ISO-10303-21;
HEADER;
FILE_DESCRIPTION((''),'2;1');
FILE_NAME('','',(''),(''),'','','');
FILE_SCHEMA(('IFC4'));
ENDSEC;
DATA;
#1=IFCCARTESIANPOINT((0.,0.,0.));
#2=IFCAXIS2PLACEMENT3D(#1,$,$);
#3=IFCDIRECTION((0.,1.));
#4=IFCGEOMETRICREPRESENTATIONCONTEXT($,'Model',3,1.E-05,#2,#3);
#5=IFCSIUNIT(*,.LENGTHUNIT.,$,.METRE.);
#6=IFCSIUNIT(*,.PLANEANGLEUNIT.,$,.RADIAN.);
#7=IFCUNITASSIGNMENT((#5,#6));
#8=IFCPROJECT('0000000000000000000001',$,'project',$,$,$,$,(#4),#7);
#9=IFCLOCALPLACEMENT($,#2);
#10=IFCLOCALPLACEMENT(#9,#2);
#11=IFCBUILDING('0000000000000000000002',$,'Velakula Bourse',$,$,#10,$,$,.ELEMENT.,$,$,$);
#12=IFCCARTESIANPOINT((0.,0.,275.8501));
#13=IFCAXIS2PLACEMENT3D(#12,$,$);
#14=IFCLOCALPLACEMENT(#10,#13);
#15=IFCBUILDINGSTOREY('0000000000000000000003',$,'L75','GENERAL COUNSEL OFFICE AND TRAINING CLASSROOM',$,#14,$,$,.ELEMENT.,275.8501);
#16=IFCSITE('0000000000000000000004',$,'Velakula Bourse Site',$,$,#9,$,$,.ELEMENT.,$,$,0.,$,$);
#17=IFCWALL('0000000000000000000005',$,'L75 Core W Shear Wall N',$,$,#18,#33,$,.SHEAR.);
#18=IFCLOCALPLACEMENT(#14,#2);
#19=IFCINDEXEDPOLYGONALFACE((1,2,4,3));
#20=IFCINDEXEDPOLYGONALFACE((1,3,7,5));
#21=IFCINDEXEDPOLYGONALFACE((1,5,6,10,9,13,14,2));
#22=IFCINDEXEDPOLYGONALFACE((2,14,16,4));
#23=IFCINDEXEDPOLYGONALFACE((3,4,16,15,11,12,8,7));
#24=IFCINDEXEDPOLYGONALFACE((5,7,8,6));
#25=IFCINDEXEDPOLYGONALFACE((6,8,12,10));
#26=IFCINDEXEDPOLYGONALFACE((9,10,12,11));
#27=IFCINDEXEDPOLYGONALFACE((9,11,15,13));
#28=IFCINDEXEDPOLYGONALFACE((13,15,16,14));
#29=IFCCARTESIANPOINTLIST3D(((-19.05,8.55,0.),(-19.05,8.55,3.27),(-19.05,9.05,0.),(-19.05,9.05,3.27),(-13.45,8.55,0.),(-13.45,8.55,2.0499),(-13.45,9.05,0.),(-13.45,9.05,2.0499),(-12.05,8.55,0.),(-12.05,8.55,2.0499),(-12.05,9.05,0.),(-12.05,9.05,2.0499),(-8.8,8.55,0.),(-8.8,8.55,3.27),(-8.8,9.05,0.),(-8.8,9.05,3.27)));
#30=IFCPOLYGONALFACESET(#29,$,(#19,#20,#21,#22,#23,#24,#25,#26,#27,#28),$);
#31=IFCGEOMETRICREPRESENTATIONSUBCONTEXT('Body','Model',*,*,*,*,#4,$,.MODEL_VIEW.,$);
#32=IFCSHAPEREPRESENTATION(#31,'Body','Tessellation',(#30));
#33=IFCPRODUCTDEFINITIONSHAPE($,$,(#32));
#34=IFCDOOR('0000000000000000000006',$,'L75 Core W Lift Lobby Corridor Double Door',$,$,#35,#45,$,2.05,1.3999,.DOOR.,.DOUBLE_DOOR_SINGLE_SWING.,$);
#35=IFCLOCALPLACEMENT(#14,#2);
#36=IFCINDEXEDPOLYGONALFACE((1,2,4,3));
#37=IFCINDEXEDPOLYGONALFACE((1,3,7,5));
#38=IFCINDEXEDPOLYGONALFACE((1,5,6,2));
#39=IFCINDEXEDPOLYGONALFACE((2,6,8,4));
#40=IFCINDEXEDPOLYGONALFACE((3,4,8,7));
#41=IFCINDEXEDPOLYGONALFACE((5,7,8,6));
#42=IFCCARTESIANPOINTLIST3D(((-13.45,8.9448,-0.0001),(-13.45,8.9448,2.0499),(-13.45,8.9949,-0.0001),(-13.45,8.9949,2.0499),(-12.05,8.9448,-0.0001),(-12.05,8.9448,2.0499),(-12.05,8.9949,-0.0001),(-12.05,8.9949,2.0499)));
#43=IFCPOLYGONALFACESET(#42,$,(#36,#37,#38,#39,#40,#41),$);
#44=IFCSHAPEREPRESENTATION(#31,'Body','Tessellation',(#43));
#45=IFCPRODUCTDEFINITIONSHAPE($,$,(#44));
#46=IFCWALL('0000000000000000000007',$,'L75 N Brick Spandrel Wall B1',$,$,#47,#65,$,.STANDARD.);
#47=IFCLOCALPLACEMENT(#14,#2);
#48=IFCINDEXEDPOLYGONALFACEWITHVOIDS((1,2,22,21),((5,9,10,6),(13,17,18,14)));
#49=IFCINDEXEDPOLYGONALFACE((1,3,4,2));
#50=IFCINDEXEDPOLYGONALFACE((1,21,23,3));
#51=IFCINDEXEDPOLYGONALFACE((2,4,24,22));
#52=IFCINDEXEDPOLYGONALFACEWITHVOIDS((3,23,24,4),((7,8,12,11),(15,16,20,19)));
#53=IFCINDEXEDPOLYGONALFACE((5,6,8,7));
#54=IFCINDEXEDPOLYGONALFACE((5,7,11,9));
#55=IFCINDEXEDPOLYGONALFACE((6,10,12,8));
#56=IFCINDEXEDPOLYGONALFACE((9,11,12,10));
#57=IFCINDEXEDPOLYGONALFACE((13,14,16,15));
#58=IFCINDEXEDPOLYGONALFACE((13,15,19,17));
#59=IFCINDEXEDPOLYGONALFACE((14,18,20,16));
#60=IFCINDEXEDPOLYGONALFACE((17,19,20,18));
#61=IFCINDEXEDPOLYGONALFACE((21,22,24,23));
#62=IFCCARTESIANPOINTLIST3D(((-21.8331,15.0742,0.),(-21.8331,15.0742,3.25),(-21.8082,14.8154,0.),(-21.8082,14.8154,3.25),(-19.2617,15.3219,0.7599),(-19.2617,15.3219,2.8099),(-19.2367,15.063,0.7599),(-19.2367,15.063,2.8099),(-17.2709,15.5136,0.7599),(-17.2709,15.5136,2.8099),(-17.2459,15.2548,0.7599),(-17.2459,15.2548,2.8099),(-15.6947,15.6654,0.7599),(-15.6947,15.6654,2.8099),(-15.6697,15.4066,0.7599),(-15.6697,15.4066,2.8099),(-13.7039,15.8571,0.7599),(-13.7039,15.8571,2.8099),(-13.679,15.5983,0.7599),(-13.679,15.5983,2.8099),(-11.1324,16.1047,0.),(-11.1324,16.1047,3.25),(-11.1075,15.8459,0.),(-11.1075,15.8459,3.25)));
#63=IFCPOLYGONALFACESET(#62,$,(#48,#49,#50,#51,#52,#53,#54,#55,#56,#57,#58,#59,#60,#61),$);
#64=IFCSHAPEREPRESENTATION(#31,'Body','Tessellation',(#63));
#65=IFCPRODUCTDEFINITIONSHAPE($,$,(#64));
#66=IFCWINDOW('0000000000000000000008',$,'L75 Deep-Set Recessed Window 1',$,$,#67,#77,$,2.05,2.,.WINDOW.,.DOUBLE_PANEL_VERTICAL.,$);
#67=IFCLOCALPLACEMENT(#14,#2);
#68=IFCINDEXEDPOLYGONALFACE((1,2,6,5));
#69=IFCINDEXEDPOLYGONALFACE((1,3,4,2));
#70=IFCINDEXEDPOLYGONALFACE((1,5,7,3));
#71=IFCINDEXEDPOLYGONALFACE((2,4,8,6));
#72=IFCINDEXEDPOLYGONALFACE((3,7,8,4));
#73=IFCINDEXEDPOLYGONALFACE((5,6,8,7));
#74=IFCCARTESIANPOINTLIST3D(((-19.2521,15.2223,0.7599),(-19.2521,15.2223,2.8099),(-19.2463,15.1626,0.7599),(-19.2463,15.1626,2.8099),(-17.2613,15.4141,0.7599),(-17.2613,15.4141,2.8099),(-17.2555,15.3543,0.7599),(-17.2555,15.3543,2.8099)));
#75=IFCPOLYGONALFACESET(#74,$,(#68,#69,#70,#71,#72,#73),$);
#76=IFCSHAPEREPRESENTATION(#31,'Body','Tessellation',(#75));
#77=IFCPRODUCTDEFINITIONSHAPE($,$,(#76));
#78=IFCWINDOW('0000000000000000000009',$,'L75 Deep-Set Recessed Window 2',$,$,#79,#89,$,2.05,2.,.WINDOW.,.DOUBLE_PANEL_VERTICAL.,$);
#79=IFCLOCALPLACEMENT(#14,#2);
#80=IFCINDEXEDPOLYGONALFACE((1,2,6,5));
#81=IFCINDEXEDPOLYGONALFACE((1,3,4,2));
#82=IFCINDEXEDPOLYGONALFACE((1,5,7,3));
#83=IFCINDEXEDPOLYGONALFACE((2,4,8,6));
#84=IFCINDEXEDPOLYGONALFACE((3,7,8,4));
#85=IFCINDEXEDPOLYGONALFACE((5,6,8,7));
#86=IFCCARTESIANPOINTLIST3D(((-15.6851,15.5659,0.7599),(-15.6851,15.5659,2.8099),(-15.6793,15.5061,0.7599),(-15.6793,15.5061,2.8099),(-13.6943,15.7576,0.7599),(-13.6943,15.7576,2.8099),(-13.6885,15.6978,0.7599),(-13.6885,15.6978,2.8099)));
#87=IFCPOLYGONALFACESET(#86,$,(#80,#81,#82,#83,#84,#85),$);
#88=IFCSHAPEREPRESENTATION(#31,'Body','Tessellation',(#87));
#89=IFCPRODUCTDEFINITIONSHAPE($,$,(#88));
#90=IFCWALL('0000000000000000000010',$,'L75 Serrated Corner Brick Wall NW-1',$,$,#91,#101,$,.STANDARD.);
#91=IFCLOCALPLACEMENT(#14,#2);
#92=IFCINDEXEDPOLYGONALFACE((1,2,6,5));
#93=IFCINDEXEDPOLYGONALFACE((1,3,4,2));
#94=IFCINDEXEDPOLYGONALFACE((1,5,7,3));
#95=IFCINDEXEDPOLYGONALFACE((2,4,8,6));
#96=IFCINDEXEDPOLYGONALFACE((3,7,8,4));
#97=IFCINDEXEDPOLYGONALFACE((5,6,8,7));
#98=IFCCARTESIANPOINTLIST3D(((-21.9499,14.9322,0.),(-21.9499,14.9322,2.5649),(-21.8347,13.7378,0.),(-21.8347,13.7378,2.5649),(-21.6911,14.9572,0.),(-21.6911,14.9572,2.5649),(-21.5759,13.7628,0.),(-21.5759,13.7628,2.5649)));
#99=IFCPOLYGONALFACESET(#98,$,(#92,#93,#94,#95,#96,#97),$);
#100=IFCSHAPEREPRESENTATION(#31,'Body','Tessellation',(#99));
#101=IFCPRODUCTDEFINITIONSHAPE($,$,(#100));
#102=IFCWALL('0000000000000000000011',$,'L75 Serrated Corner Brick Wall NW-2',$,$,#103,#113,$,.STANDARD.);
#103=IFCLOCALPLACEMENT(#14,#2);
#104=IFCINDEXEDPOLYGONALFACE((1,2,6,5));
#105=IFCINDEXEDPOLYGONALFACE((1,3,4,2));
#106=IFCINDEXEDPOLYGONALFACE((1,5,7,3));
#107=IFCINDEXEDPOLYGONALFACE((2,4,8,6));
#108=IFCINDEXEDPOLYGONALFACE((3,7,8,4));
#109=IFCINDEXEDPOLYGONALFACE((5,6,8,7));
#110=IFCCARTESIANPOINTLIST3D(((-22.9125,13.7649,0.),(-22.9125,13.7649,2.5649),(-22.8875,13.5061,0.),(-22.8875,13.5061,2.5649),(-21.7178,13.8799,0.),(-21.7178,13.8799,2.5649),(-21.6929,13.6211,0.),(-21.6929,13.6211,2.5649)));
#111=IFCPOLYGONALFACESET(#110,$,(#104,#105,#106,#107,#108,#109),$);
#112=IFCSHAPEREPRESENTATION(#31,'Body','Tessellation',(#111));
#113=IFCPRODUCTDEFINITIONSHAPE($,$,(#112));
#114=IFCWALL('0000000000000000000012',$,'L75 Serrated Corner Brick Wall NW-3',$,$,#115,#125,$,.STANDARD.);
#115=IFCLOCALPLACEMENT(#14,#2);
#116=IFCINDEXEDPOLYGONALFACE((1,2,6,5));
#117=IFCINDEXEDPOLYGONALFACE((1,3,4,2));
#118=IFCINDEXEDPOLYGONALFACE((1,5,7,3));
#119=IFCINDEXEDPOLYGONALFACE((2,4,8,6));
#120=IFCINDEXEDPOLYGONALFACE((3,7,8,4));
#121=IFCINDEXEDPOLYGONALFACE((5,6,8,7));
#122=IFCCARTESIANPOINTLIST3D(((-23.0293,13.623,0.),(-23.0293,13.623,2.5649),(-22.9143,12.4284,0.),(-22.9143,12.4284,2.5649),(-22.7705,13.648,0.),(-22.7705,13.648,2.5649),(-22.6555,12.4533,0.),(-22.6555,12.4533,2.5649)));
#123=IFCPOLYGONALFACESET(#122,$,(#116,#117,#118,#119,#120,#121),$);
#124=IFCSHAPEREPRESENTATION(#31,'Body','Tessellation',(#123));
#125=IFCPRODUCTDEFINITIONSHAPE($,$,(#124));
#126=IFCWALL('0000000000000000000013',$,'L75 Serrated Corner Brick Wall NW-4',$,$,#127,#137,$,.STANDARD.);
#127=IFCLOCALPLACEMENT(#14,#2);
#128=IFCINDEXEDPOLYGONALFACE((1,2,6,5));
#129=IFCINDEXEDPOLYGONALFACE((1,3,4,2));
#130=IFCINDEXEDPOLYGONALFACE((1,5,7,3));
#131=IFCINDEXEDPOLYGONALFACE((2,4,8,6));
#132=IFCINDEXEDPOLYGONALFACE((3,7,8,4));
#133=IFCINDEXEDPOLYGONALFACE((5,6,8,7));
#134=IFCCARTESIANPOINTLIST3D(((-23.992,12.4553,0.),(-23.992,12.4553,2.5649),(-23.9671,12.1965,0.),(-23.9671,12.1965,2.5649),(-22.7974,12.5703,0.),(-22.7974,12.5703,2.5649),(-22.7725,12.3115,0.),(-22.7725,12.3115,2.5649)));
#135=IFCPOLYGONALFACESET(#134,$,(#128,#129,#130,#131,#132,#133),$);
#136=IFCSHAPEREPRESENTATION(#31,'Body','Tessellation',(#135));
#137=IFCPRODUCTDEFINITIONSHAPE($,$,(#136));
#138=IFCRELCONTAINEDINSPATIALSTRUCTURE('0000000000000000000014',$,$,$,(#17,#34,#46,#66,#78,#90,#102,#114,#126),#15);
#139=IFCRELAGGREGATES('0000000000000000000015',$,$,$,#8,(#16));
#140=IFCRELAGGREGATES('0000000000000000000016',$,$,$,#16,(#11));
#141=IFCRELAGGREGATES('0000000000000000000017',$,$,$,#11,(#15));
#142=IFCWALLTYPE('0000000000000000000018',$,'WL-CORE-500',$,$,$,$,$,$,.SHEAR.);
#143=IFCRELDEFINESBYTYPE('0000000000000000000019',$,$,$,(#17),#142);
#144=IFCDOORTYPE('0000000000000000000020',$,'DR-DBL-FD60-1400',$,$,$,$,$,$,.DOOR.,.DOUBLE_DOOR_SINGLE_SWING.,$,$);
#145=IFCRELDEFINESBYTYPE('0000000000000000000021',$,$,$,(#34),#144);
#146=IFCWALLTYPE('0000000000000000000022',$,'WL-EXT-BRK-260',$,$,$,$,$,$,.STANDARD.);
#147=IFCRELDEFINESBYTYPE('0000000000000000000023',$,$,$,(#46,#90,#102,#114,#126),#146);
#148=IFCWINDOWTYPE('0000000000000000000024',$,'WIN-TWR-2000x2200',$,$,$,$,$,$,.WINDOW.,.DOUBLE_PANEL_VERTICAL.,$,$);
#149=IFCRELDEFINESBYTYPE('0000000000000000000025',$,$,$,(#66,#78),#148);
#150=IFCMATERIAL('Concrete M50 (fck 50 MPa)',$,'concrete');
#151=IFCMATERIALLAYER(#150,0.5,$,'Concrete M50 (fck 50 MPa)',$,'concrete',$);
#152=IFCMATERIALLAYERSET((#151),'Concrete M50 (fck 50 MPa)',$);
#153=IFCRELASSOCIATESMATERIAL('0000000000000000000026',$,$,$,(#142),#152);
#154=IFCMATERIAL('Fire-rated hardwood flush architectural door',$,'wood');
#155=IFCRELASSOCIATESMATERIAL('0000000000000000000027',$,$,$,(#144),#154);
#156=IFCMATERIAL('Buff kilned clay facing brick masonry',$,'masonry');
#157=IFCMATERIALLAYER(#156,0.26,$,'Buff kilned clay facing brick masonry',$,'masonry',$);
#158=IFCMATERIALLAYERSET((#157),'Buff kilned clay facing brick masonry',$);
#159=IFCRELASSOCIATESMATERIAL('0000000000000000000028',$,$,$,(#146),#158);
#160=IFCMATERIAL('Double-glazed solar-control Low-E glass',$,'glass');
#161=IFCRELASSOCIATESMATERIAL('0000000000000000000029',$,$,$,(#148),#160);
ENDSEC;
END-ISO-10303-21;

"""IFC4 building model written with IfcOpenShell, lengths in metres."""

from ifc_helpers import new_model, si_unit, direction, frame, frame_2d, origin, place, context, subcontext, project, spatial, rectangle, extrude, material, layer, layer_set, type_object, element, fill, save


model = new_model("IFC4")

# Units and contexts
model_context = context("Model", 3, precision=1e-05, world=origin(), true_north=direction((0.0, 1.0)))
body_context = subcontext(model_context, "Body", "Model", "MODEL_VIEW")
ifc_project = project(units=[si_unit("LENGTHUNIT", "METRE"), si_unit("PLANEANGLEUNIT", "RADIAN")], contexts=[model_context])

# Site, building, storey
site_placement = place(None, origin())
site = spatial("IfcSite", under=ifc_project, at=site_placement, Name="Velakula Bourse Site", CompositionType="ELEMENT", RefElevation=0.0)
building_placement = place(site_placement, origin())
building = spatial("IfcBuilding", under=site, at=building_placement, Name="Velakula Bourse", CompositionType="ELEMENT")
storey_placement = place(building_placement, frame((0.0, 0.0, 275.8501)))
storey = spatial("IfcBuildingStorey", under=building, at=storey_placement, Name="L75", Description="GENERAL COUNSEL OFFICE AND TRAINING CLASSROOM", CompositionType="ELEMENT", Elevation=275.8501)

# Wall, opening, door
ifc_material_1 = material(Name="Concrete M50 (fck 50 MPa)", Category="concrete")
ifc_layer_1 = layer(ifc_material_1, 0.5, Name="Concrete M50 (fck 50 MPa)", Category="concrete")
ifc_layer_set_1 = layer_set([ifc_layer_1], Name="Concrete M50 (fck 50 MPa)")
wall_type_1 = type_object("IfcWallType", Name="WL-CORE-500", PredefinedType="SHEAR", material=ifc_layer_set_1)
wall_1_placement = place(storey_placement, frame((-19.05, 8.8, 0.0), z_axis=(0.0, 0.0, 1.0), x_axis=(1.0, 0.0, 0.0)))
wall_1 = element("IfcWall", 1, at=wall_1_placement, inside=storey, type_object=wall_type_1, Name="L75 Core W Shear Wall N", PredefinedType="SHEAR", context=body_context, shape_type="SweptSolid", body=[
    extrude(rectangle(XDim=10.25, YDim=0.5, at=frame_2d((5.125, 0.0))), origin(), (0.0, 0.0, 1.0), 3.27),
])
opening_1_placement = place(wall_1_placement, frame((5.6001, 0.0, 0.0)))
opening_1 = element("IfcOpeningElement", 2, at=opening_1_placement, cuts=wall_1, PredefinedType="OPENING", context=body_context, shape_type="SweptSolid", body=[
    extrude(rectangle(XDim=1.3999, YDim=2.05, at=frame_2d((0.7, 1.0249))), frame((0.0, 0.26, 0.0), z_axis=(0.0, -1.0, 0.0), x_axis=(1.0, 0.0, 0.0)), (0.0, 0.0, 1.0), 0.52),
])
ifc_material_2 = material(Name="Fire-rated hardwood flush architectural door", Category="wood")
door_type_1 = type_object("IfcDoorType", Name="DR-DBL-FD60-1400", OperationType="DOUBLE_DOOR_SINGLE_SWING", PredefinedType="DOOR", material=ifc_material_2)
door_1_placement = place(opening_1_placement, origin())
door_1 = element("IfcDoor", 3, at=door_1_placement, inside=storey, type_object=door_type_1, Name="L75 Core W Lift Lobby Corridor Double Door", OperationType="DOUBLE_DOOR_SINGLE_SWING", OverallHeight=2.05, OverallWidth=1.3999, PredefinedType="DOOR", context=body_context, shape_type="SweptSolid", body=[
    extrude(rectangle(XDim=1.3999, YDim=2.05, at=frame_2d((0.7, 1.0249))), frame((0.0, 0.1948, 0.0), z_axis=(0.0, -1.0, 0.0), x_axis=(1.0, 0.0, 0.0)), (0.0, 0.0, 1.0), 0.05),
])
fill(opening_1, door_1)

# Wall, openings, windows
ifc_material_3 = material(Name="Buff kilned clay facing brick masonry", Category="masonry")
ifc_layer_2 = layer(ifc_material_3, 0.26, Name="Buff kilned clay facing brick masonry", Category="masonry")
ifc_layer_set_2 = layer_set([ifc_layer_2], Name="Buff kilned clay facing brick masonry")
wall_type_2 = type_object("IfcWallType", Name="WL-EXT-BRK-260", PredefinedType="STANDARD", material=ifc_layer_set_2)
wall_2_placement = place(storey_placement, frame((-21.8206, 14.9448, 0.0), z_axis=(0.0, 0.0, 1.0), x_axis=(0.995395, 0.09586, 0.0)))
wall_2 = element("IfcWall", 4, at=wall_2_placement, inside=storey, type_object=wall_type_2, Name="L75 N Brick Spandrel Wall B1", PredefinedType="STANDARD", context=body_context, shape_type="SweptSolid", body=[
    extrude(rectangle(XDim=10.7502, YDim=0.26, at=frame_2d((5.375, 0.0))), origin(), (0.0, 0.0, 1.0), 3.25),
])
opening_2_placement = place(wall_2_placement, frame((2.5833, 0.0, 0.76)))
opening_2 = element("IfcOpeningElement", 5, at=opening_2_placement, cuts=wall_2, PredefinedType="OPENING", context=body_context, shape_type="SweptSolid", body=[
    extrude(rectangle(XDim=2.0, YDim=2.05, at=frame_2d((1.0, 1.0249))), frame((0.0, 0.1399, 0.0), z_axis=(0.0, -1.0, 0.0), x_axis=(1.0, 0.0, 0.0)), (0.0, 0.0, 1.0), 0.28),
])
opening_3_placement = place(wall_2_placement, frame((6.1667, 0.0, 0.76)))
opening_3 = element("IfcOpeningElement", 6, at=opening_3_placement, cuts=wall_2, PredefinedType="OPENING", context=body_context, shape_type="SweptSolid", body=[
    extrude(rectangle(XDim=2.0, YDim=2.05, at=frame_2d((1.0, 1.0249))), frame((0.0, 0.1399, 0.0), z_axis=(0.0, -1.0, 0.0), x_axis=(1.0, 0.0, 0.0)), (0.0, 0.0, 1.0), 0.28),
])
ifc_material_4 = material(Name="Double-glazed solar-control Low-E glass", Category="glass")
window_type = type_object("IfcWindowType", Name="WIN-TWR-2000x2200", PartitioningType="DOUBLE_PANEL_VERTICAL", PredefinedType="WINDOW", material=ifc_material_4)
window_1_placement = place(opening_2_placement, origin())
window_1 = element("IfcWindow", 7, at=window_1_placement, inside=storey, type_object=window_type, Name="L75 Deep-Set Recessed Window 1", OverallHeight=2.05, OverallWidth=2.0, PartitioningType="DOUBLE_PANEL_VERTICAL", PredefinedType="WINDOW", context=body_context, shape_type="SweptSolid", body=[
    extrude(rectangle(XDim=2.0, YDim=2.05, at=frame_2d((1.0, 1.0249))), frame((0.0, 0.03, 0.0), z_axis=(0.0, -1.0, 0.0), x_axis=(1.0, 0.0, 0.0)), (0.0, 0.0, 1.0), 0.0601),
])
fill(opening_2, window_1)
window_2_placement = place(opening_3_placement, origin())
window_2 = element("IfcWindow", 8, at=window_2_placement, inside=storey, type_object=window_type, Name="L75 Deep-Set Recessed Window 2", OverallHeight=2.05, OverallWidth=2.0, PartitioningType="DOUBLE_PANEL_VERTICAL", PredefinedType="WINDOW", context=body_context, shape_type="SweptSolid", body=[
    extrude(rectangle(XDim=2.0, YDim=2.05, at=frame_2d((1.0, 1.0249))), frame((0.0, 0.03, 0.0), z_axis=(0.0, -1.0, 0.0), x_axis=(1.0, 0.0, 0.0)), (0.0, 0.0, 1.0), 0.0601),
])
fill(opening_3, window_2)

# Walls
wall_3_placement = place(storey_placement, frame((-21.8206, 14.9448, 0.0), z_axis=(0.0, 0.0, 1.0), x_axis=(0.096038, -0.995378, 0.0)))
element("IfcWall", 9, at=wall_3_placement, inside=storey, type_object=wall_type_2, Name="L75 Serrated Corner Brick Wall NW-1", PredefinedType="STANDARD", context=body_context, shape_type="SweptSolid", body=[
    extrude(rectangle(XDim=1.2, YDim=0.26, at=frame_2d((0.6001, 0.0))), origin(), (0.0, 0.0, 1.0), 2.5649),
])
for number, where, z_axis, x_axis, name in (
    (10, (-21.7053, 13.7505, 0.0), (0.0, 0.0, 1.0), (-0.995399, -0.095817, 0.0), "L75 Serrated Corner Brick Wall NW-2"),
    (11, (-22.8999, 13.6355, 0.0), (0.0, 0.0, 1.0), (0.095817, -0.995399, 0.0), "L75 Serrated Corner Brick Wall NW-3"),
    (12, (-22.7849, 12.4409, 0.0), (0.0, 0.0, 1.0), (-0.995399, -0.095817, 0.0), "L75 Serrated Corner Brick Wall NW-4"),
):
    element("IfcWall", number, at=place(storey_placement, frame(where, z_axis=z_axis, x_axis=x_axis)), inside=storey, type_object=wall_type_2, Name=name, PredefinedType="STANDARD", context=body_context, shape_type="SweptSolid", body=[
        extrude(rectangle(XDim=1.2002, YDim=0.26, at=frame_2d((0.6001, 0.0))), origin(), (0.0, 0.0, 1.0), 2.5649),
    ])

save(model, "model.ifc")
